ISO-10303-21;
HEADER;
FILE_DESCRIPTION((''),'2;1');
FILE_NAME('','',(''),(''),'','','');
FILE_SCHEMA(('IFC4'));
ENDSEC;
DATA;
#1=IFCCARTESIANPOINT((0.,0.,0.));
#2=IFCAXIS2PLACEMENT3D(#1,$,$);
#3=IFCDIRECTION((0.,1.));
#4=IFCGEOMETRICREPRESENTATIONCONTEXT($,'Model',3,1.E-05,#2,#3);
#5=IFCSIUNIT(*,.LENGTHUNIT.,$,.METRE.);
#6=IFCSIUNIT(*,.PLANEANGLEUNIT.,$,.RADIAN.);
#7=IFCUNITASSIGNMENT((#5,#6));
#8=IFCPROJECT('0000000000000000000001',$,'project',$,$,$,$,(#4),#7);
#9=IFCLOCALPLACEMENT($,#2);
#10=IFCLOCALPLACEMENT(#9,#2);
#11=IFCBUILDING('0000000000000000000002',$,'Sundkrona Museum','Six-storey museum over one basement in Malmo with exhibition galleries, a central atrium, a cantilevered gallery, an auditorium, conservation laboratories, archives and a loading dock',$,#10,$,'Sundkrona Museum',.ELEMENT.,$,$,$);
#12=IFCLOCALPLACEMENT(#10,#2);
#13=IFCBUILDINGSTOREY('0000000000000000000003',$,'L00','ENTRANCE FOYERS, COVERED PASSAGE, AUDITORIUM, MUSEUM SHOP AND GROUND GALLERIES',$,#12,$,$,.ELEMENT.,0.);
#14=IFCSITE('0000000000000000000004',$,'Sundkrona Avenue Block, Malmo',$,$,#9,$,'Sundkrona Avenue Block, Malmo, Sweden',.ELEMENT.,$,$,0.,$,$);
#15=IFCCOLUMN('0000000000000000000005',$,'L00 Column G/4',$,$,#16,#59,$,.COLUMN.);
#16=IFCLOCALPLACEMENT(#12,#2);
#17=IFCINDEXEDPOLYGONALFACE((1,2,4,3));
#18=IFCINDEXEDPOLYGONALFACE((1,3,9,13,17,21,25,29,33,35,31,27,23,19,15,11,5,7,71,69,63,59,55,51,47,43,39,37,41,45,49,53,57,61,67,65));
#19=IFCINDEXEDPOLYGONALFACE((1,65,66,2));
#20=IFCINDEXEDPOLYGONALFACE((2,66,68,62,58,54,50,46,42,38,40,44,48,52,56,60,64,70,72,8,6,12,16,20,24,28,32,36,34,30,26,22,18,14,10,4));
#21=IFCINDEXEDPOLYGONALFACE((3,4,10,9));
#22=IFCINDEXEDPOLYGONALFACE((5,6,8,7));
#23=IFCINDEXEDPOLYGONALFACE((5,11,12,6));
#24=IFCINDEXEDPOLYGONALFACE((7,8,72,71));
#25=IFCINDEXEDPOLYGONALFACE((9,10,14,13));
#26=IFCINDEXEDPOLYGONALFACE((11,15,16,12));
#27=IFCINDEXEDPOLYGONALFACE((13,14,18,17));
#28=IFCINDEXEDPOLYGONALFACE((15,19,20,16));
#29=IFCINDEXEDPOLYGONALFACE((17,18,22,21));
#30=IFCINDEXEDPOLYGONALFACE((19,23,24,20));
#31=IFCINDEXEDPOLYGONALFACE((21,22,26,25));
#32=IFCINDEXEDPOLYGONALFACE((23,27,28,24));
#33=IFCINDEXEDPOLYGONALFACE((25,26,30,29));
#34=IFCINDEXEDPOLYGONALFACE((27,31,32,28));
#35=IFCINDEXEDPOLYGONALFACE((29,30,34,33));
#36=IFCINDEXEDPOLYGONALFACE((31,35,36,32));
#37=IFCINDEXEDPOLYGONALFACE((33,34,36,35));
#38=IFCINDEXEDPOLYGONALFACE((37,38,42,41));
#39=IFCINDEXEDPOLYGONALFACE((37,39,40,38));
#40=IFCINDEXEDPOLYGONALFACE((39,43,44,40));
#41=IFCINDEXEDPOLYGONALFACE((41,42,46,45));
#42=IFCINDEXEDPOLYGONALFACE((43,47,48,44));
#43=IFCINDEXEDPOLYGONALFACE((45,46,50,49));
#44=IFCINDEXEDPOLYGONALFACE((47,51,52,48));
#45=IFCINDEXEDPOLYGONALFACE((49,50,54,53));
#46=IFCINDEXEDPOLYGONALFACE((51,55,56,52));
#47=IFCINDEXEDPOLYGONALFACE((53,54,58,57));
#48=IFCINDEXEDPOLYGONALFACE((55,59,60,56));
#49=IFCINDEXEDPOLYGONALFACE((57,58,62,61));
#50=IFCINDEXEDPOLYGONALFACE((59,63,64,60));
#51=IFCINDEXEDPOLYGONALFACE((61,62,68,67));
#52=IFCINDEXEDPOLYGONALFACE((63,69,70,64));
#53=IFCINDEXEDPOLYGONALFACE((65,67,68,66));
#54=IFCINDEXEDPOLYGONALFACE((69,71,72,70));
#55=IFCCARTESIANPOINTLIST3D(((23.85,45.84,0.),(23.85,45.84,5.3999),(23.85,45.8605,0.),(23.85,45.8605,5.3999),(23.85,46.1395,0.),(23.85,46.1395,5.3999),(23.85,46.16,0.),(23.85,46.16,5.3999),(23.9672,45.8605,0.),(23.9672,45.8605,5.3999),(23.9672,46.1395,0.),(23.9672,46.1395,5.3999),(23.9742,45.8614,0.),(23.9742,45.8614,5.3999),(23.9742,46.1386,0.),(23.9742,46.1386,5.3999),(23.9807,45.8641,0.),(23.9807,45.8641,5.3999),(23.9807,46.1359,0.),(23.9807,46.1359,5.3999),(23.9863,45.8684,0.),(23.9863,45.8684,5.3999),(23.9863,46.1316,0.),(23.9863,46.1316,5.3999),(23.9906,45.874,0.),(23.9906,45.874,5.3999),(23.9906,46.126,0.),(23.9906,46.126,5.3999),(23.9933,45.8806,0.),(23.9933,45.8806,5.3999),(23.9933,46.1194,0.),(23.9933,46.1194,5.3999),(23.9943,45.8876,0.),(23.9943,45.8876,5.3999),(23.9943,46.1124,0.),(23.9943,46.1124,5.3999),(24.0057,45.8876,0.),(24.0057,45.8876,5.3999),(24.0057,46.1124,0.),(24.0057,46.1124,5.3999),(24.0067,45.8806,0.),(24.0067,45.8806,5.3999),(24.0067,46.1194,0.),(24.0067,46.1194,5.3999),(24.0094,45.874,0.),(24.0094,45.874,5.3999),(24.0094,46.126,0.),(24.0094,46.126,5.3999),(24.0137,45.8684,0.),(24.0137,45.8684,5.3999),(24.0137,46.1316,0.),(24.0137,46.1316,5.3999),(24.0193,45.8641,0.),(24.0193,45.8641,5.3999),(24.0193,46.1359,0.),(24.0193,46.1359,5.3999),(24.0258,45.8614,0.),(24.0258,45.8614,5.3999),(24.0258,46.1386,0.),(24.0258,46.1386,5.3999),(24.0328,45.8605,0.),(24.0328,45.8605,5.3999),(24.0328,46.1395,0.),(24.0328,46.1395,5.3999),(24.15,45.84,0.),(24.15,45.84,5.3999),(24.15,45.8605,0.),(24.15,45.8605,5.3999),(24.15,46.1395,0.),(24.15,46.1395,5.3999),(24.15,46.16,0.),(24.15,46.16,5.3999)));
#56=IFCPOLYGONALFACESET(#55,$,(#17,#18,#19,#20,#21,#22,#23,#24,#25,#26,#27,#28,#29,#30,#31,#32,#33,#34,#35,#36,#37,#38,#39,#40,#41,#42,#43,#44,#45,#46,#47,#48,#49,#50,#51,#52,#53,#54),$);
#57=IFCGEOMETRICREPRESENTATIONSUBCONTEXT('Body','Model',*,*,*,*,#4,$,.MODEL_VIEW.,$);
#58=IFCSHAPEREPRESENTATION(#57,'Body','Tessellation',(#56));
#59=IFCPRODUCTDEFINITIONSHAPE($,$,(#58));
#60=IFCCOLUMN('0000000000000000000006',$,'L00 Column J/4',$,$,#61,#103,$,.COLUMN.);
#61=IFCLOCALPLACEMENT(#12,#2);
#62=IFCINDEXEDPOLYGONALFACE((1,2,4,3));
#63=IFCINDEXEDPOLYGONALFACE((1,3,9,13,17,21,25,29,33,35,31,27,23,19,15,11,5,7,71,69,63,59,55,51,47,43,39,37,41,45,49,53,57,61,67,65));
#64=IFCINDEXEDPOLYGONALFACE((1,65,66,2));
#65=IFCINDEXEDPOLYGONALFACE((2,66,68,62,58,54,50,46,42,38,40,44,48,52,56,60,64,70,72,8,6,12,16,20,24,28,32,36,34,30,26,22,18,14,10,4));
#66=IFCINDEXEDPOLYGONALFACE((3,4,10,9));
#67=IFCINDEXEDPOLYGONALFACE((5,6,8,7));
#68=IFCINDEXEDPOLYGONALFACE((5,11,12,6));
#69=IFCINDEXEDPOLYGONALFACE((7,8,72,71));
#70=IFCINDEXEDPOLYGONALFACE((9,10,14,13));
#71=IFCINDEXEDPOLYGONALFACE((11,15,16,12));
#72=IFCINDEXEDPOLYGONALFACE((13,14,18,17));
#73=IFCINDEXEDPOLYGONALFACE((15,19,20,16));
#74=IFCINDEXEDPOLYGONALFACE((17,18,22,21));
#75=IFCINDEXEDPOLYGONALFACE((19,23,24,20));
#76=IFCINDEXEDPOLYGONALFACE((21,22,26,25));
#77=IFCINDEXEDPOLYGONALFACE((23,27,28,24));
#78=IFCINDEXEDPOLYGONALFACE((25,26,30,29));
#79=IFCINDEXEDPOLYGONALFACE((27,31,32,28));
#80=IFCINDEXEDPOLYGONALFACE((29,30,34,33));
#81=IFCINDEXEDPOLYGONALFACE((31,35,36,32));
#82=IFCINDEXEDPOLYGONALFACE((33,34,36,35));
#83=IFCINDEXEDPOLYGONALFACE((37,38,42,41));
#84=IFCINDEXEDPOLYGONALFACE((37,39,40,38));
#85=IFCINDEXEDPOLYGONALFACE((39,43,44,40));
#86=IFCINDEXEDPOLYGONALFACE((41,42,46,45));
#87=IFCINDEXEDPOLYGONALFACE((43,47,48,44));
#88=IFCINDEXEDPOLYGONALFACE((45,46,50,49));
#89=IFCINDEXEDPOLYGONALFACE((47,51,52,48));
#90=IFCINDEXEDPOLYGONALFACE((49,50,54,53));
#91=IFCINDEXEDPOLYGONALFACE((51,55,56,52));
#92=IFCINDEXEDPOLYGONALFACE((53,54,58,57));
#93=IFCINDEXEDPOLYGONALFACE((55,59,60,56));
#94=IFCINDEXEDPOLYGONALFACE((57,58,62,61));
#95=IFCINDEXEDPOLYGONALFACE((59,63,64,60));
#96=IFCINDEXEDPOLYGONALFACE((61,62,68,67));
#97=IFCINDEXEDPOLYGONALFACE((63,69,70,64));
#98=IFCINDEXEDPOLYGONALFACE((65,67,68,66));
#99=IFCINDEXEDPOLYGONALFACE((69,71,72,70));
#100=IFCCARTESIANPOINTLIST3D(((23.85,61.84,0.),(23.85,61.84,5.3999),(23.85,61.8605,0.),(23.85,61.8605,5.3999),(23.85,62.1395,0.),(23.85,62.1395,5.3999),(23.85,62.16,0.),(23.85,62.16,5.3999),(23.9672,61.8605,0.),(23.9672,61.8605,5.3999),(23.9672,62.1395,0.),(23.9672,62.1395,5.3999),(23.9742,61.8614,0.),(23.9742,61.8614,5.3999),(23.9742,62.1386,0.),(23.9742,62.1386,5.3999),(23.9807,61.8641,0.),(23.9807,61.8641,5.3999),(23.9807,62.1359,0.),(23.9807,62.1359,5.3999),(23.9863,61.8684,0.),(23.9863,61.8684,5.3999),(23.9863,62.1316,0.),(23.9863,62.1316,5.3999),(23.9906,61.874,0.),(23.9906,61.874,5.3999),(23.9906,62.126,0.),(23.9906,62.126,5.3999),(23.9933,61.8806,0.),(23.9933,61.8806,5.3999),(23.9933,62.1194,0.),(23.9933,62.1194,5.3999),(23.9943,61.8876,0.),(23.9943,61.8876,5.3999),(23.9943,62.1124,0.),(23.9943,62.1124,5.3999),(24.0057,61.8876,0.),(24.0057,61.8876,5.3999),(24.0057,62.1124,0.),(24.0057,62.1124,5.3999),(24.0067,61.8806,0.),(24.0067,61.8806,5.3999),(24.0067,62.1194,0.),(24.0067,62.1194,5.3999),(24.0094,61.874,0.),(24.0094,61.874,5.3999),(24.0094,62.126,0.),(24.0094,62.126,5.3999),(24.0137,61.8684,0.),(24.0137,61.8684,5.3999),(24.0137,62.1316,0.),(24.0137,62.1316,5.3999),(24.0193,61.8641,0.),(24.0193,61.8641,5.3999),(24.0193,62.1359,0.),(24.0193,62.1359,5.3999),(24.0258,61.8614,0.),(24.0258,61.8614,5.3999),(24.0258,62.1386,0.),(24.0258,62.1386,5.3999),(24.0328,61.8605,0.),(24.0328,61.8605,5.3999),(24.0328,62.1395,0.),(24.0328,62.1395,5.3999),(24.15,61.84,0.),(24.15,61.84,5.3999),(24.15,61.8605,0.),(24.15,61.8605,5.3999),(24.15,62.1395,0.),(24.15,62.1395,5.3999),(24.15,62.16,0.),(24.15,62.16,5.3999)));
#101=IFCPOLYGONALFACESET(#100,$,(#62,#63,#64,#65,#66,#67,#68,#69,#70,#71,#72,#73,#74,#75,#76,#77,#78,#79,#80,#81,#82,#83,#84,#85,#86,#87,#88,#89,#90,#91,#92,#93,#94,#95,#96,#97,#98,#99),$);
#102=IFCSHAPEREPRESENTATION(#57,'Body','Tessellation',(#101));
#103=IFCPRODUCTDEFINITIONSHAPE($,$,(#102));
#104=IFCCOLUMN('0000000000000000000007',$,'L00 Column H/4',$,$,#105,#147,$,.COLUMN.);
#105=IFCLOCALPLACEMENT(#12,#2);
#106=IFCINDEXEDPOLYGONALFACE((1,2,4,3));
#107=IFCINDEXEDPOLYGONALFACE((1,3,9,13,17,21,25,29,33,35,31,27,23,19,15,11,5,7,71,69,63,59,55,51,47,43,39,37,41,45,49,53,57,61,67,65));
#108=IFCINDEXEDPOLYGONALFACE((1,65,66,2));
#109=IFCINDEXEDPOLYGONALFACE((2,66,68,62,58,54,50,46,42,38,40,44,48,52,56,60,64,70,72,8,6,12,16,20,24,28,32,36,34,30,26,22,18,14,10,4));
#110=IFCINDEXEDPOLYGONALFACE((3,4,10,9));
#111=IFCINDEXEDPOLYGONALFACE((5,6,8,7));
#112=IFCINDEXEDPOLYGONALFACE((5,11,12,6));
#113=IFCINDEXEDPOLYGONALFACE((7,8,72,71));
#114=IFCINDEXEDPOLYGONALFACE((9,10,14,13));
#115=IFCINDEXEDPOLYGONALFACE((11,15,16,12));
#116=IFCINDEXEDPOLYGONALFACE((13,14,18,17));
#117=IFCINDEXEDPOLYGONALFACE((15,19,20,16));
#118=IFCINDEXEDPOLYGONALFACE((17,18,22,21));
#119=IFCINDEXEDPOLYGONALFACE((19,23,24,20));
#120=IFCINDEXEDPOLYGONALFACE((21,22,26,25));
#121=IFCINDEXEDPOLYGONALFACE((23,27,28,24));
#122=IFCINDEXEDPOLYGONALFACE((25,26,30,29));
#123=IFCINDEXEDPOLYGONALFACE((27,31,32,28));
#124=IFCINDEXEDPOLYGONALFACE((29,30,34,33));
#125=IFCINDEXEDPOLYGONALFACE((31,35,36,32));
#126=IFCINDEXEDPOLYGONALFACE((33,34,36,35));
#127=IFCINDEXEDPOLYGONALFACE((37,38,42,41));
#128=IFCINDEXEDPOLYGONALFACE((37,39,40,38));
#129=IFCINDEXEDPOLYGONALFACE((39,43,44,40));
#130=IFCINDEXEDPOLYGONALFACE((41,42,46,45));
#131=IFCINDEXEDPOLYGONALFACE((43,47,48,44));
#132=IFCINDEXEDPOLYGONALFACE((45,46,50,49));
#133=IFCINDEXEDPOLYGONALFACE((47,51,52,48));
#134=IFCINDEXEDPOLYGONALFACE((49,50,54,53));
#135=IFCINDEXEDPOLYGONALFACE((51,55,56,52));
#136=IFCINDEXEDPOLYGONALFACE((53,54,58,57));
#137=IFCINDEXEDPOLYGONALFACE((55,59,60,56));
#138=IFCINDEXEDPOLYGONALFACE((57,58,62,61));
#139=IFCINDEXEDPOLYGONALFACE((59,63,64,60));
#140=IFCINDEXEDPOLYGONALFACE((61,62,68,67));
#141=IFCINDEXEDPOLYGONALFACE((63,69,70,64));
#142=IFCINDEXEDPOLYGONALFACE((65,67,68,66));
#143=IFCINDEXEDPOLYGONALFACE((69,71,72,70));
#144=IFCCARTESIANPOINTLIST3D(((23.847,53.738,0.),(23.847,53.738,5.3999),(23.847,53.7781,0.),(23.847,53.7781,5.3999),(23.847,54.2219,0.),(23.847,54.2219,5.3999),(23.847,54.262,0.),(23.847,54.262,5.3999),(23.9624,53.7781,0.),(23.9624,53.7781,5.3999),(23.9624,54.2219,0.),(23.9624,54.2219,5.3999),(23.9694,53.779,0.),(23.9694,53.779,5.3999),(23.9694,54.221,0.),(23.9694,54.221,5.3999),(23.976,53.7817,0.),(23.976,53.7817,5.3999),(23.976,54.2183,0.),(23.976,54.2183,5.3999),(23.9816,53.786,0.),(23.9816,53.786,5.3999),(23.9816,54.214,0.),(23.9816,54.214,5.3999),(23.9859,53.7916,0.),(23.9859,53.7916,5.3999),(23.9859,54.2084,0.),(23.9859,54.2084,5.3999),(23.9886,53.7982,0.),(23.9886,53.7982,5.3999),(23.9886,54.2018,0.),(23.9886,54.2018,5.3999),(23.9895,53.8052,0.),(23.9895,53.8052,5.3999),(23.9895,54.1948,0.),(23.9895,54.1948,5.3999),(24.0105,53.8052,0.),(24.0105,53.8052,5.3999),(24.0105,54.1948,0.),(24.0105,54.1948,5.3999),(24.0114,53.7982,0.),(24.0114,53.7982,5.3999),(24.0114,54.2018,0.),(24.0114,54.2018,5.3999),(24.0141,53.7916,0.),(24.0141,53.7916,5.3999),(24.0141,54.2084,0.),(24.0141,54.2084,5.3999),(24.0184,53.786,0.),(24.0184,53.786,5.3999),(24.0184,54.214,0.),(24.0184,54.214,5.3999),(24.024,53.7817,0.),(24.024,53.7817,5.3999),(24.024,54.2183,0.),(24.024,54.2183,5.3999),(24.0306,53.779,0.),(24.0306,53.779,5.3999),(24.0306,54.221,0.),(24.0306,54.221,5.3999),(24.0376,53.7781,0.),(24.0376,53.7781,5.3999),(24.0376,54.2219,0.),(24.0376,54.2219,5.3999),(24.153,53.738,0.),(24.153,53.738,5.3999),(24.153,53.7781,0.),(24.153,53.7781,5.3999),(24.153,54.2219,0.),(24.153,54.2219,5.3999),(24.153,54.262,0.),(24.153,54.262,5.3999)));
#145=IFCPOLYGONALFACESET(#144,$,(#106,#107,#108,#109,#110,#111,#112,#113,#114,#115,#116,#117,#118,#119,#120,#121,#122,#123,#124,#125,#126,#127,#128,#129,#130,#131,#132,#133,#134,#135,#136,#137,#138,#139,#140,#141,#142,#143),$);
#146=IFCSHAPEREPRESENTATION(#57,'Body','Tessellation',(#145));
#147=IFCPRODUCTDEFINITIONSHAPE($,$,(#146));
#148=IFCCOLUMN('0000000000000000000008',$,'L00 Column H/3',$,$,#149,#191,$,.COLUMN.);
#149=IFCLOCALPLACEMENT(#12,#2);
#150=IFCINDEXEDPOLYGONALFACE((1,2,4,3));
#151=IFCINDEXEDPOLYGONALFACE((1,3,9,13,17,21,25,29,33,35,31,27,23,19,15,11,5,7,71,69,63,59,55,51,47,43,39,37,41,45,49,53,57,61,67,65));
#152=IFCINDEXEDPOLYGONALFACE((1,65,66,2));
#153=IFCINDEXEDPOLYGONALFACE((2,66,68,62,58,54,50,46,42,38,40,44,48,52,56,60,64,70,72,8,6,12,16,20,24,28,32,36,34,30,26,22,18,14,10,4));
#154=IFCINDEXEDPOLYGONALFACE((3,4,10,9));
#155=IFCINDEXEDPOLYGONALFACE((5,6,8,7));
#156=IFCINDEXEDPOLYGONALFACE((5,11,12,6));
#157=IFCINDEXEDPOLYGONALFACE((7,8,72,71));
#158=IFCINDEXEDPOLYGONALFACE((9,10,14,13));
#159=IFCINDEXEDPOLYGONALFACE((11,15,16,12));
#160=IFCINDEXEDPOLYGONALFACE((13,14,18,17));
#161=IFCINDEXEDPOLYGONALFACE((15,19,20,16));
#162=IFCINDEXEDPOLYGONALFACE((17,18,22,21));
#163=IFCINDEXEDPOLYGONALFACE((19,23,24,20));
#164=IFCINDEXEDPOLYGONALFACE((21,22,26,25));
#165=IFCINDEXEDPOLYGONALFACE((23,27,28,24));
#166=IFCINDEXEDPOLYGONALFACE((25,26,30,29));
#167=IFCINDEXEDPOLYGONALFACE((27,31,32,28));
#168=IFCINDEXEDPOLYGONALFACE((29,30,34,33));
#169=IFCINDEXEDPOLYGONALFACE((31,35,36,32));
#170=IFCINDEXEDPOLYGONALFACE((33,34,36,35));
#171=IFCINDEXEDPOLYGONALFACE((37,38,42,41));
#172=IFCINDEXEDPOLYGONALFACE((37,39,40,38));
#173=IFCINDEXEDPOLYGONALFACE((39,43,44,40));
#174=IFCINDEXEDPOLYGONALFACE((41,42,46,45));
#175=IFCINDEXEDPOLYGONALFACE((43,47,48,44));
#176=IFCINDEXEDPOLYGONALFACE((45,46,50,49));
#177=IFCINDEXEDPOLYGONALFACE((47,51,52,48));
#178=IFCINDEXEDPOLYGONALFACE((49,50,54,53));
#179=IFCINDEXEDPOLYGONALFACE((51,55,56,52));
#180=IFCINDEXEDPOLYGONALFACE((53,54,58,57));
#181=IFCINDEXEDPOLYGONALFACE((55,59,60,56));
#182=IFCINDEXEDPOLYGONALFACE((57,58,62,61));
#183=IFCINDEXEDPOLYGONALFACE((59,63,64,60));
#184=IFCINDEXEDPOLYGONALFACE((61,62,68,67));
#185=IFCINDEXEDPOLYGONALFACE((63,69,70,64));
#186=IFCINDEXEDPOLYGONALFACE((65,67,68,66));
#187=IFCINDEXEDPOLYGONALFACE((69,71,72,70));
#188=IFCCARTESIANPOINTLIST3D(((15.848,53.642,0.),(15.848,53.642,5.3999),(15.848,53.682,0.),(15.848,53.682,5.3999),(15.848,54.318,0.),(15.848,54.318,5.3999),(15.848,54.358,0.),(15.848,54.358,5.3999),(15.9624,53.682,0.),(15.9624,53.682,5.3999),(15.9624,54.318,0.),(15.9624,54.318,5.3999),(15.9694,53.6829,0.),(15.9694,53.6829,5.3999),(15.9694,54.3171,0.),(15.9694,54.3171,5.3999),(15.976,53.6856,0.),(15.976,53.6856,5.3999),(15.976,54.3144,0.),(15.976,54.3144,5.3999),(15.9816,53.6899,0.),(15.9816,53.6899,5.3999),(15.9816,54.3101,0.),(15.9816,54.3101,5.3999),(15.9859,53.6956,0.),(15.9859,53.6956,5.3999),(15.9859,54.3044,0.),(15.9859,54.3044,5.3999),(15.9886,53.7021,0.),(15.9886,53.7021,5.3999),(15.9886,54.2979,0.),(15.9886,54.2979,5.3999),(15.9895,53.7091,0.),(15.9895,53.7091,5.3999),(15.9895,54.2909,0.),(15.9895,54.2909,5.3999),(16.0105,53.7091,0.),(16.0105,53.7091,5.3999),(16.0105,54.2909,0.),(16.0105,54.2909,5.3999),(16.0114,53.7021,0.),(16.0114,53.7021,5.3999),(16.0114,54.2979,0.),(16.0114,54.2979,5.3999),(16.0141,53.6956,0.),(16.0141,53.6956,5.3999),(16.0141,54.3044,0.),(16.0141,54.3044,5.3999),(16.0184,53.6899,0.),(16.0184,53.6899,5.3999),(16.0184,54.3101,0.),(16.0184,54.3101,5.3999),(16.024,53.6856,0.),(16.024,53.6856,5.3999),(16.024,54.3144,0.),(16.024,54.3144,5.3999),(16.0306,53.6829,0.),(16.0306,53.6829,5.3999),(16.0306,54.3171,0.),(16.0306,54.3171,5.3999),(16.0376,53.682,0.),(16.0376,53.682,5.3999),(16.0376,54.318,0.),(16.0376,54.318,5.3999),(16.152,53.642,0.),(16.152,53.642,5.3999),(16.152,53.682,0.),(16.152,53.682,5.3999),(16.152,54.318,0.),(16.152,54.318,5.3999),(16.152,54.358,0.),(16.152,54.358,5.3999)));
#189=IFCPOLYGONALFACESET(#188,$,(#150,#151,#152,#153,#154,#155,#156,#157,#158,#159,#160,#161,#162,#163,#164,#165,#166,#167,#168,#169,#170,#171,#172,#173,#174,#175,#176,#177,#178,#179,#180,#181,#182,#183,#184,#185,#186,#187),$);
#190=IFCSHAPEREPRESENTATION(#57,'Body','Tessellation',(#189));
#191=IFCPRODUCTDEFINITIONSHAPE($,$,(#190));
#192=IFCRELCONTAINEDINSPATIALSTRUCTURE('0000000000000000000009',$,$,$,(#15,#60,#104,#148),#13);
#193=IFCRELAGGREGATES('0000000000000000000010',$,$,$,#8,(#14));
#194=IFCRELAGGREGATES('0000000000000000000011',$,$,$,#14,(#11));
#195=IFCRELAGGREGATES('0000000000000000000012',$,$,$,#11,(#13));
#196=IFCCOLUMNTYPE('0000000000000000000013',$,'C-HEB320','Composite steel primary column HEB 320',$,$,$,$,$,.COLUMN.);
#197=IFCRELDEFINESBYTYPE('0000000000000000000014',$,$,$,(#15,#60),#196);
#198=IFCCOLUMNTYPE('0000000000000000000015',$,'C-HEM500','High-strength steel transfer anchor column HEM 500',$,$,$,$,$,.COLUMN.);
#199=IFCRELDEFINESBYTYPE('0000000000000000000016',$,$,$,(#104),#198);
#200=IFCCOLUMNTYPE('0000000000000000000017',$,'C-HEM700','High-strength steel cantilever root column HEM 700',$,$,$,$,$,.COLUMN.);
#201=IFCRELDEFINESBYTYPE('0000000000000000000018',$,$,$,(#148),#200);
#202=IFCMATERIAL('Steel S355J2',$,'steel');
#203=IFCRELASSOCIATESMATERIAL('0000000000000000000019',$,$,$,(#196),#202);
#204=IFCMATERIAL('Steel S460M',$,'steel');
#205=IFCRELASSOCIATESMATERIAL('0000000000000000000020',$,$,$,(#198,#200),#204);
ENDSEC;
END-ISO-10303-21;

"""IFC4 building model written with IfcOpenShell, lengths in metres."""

from ifc_helpers import new_model, si_unit, direction, frame, origin, origin_2d, place, context, subcontext, project, spatial, i_section, extrude, material, material_profile, profile_set, type_object, element, save


model = new_model("IFC4")

# Units and contexts
model_context = context("Model", 3, precision=1e-05, world=origin(), true_north=direction((0.0, 1.0)))
body_context = subcontext(model_context, "Body", "Model", "MODEL_VIEW")
ifc_project = project(units=[si_unit("LENGTHUNIT", "METRE"), si_unit("PLANEANGLEUNIT", "RADIAN")], contexts=[model_context])

# Site, building, storey
site_placement = place(None, origin())
site = spatial("IfcSite", under=ifc_project, at=site_placement, Name="Sundkrona Avenue Block, Malmo", LongName="Sundkrona Avenue Block, Malmo, Sweden", CompositionType="ELEMENT", RefElevation=0.0)
building_placement = place(site_placement, origin())
building = spatial("IfcBuilding", under=site, at=building_placement, Name="Sundkrona Museum", Description="Six-storey museum over one basement in Malmo with exhibition galleries, a central atrium, a cantilevered gallery, an auditorium, conservation laboratories, archives and a loading dock", LongName="Sundkrona Museum", CompositionType="ELEMENT")
storey_placement = place(building_placement, origin())
storey = spatial("IfcBuildingStorey", under=building, at=storey_placement, Name="L00", Description="ENTRANCE FOYERS, COVERED PASSAGE, AUDITORIUM, MUSEUM SHOP AND GROUND GALLERIES", CompositionType="ELEMENT", Elevation=0.0)

# Columns
ifc_material_1 = material(Name="Steel S355J2", Category="steel")
ifc_material_profile_1 = material_profile(ifc_material_1, i_section(OverallWidth=0.3, OverallDepth=0.3201, WebThickness=0.0115, FlangeThickness=0.0205, FilletRadius=0.0271, at=origin_2d()), Name="HEB 320")
ifc_profile_set_1 = profile_set([ifc_material_profile_1], Name="Steel S355J2")
column_type_1 = type_object("IfcColumnType", Name="C-HEB320", Description="Composite steel primary column HEB 320", PredefinedType="COLUMN", material=ifc_profile_set_1)
for number, where, z_axis, x_axis, name in (
    (1, (24.0, 46.0, 0.0), (0.0, 0.0, 1.0), (1.0, 0.0, 0.0), "L00 Column G/4"),
    (2, (24.0, 62.0, 0.0), (0.0, 0.0, 1.0), (1.0, 0.0, 0.0), "L00 Column J/4"),
):
    element("IfcColumn", number, at=place(storey_placement, frame(where, z_axis=z_axis, x_axis=x_axis)), inside=storey, type_object=column_type_1, Name=name, PredefinedType="COLUMN", context=body_context, shape_type="SweptSolid", body=[
        extrude(i_section(OverallWidth=0.3, OverallDepth=0.3201, WebThickness=0.0115, FlangeThickness=0.0205, FilletRadius=0.0271, at=origin_2d()), origin(), (0.0, 0.0, 1.0), 5.3999),
    ])
ifc_material_2 = material(Name="Steel S460M", Category="steel")
ifc_material_profile_2 = material_profile(ifc_material_2, i_section(OverallWidth=0.3059, OverallDepth=0.5239, WebThickness=0.021, FlangeThickness=0.04, FilletRadius=0.0271, at=origin_2d()), Name="HEM 500")
ifc_profile_set_2 = profile_set([ifc_material_profile_2], Name="Steel S460M")
column_type_2 = type_object("IfcColumnType", Name="C-HEM500", Description="High-strength steel transfer anchor column HEM 500", PredefinedType="COLUMN", material=ifc_profile_set_2)
column_1_placement = place(storey_placement, frame((24.0, 54.0, 0.0), z_axis=(0.0, 0.0, 1.0), x_axis=(1.0, 0.0, 0.0)))
element("IfcColumn", 3, at=column_1_placement, inside=storey, type_object=column_type_2, Name="L00 Column H/4", PredefinedType="COLUMN", context=body_context, shape_type="SweptSolid", body=[
    extrude(i_section(OverallWidth=0.3059, OverallDepth=0.5239, WebThickness=0.021, FlangeThickness=0.04, FilletRadius=0.0271, at=origin_2d()), origin(), (0.0, 0.0, 1.0), 5.3999),
])
ifc_material_profile_3 = material_profile(ifc_material_2, i_section(OverallWidth=0.304, OverallDepth=0.7161, WebThickness=0.021, FlangeThickness=0.04, FilletRadius=0.0271, at=origin_2d()), Name="HEM 700")
ifc_profile_set_3 = profile_set([ifc_material_profile_3], Name="Steel S460M")
column_type_3 = type_object("IfcColumnType", Name="C-HEM700", Description="High-strength steel cantilever root column HEM 700", PredefinedType="COLUMN", material=ifc_profile_set_3)
column_2_placement = place(storey_placement, frame((16.0, 54.0, 0.0), z_axis=(0.0, 0.0, 1.0), x_axis=(1.0, 0.0, 0.0)))
element("IfcColumn", 4, at=column_2_placement, inside=storey, type_object=column_type_3, Name="L00 Column H/3", PredefinedType="COLUMN", context=body_context, shape_type="SweptSolid", body=[
    extrude(i_section(OverallWidth=0.304, OverallDepth=0.7161, WebThickness=0.021, FlangeThickness=0.04, FilletRadius=0.0271, at=origin_2d()), origin(), (0.0, 0.0, 1.0), 5.3999),
])

save(model, "model.ifc")
